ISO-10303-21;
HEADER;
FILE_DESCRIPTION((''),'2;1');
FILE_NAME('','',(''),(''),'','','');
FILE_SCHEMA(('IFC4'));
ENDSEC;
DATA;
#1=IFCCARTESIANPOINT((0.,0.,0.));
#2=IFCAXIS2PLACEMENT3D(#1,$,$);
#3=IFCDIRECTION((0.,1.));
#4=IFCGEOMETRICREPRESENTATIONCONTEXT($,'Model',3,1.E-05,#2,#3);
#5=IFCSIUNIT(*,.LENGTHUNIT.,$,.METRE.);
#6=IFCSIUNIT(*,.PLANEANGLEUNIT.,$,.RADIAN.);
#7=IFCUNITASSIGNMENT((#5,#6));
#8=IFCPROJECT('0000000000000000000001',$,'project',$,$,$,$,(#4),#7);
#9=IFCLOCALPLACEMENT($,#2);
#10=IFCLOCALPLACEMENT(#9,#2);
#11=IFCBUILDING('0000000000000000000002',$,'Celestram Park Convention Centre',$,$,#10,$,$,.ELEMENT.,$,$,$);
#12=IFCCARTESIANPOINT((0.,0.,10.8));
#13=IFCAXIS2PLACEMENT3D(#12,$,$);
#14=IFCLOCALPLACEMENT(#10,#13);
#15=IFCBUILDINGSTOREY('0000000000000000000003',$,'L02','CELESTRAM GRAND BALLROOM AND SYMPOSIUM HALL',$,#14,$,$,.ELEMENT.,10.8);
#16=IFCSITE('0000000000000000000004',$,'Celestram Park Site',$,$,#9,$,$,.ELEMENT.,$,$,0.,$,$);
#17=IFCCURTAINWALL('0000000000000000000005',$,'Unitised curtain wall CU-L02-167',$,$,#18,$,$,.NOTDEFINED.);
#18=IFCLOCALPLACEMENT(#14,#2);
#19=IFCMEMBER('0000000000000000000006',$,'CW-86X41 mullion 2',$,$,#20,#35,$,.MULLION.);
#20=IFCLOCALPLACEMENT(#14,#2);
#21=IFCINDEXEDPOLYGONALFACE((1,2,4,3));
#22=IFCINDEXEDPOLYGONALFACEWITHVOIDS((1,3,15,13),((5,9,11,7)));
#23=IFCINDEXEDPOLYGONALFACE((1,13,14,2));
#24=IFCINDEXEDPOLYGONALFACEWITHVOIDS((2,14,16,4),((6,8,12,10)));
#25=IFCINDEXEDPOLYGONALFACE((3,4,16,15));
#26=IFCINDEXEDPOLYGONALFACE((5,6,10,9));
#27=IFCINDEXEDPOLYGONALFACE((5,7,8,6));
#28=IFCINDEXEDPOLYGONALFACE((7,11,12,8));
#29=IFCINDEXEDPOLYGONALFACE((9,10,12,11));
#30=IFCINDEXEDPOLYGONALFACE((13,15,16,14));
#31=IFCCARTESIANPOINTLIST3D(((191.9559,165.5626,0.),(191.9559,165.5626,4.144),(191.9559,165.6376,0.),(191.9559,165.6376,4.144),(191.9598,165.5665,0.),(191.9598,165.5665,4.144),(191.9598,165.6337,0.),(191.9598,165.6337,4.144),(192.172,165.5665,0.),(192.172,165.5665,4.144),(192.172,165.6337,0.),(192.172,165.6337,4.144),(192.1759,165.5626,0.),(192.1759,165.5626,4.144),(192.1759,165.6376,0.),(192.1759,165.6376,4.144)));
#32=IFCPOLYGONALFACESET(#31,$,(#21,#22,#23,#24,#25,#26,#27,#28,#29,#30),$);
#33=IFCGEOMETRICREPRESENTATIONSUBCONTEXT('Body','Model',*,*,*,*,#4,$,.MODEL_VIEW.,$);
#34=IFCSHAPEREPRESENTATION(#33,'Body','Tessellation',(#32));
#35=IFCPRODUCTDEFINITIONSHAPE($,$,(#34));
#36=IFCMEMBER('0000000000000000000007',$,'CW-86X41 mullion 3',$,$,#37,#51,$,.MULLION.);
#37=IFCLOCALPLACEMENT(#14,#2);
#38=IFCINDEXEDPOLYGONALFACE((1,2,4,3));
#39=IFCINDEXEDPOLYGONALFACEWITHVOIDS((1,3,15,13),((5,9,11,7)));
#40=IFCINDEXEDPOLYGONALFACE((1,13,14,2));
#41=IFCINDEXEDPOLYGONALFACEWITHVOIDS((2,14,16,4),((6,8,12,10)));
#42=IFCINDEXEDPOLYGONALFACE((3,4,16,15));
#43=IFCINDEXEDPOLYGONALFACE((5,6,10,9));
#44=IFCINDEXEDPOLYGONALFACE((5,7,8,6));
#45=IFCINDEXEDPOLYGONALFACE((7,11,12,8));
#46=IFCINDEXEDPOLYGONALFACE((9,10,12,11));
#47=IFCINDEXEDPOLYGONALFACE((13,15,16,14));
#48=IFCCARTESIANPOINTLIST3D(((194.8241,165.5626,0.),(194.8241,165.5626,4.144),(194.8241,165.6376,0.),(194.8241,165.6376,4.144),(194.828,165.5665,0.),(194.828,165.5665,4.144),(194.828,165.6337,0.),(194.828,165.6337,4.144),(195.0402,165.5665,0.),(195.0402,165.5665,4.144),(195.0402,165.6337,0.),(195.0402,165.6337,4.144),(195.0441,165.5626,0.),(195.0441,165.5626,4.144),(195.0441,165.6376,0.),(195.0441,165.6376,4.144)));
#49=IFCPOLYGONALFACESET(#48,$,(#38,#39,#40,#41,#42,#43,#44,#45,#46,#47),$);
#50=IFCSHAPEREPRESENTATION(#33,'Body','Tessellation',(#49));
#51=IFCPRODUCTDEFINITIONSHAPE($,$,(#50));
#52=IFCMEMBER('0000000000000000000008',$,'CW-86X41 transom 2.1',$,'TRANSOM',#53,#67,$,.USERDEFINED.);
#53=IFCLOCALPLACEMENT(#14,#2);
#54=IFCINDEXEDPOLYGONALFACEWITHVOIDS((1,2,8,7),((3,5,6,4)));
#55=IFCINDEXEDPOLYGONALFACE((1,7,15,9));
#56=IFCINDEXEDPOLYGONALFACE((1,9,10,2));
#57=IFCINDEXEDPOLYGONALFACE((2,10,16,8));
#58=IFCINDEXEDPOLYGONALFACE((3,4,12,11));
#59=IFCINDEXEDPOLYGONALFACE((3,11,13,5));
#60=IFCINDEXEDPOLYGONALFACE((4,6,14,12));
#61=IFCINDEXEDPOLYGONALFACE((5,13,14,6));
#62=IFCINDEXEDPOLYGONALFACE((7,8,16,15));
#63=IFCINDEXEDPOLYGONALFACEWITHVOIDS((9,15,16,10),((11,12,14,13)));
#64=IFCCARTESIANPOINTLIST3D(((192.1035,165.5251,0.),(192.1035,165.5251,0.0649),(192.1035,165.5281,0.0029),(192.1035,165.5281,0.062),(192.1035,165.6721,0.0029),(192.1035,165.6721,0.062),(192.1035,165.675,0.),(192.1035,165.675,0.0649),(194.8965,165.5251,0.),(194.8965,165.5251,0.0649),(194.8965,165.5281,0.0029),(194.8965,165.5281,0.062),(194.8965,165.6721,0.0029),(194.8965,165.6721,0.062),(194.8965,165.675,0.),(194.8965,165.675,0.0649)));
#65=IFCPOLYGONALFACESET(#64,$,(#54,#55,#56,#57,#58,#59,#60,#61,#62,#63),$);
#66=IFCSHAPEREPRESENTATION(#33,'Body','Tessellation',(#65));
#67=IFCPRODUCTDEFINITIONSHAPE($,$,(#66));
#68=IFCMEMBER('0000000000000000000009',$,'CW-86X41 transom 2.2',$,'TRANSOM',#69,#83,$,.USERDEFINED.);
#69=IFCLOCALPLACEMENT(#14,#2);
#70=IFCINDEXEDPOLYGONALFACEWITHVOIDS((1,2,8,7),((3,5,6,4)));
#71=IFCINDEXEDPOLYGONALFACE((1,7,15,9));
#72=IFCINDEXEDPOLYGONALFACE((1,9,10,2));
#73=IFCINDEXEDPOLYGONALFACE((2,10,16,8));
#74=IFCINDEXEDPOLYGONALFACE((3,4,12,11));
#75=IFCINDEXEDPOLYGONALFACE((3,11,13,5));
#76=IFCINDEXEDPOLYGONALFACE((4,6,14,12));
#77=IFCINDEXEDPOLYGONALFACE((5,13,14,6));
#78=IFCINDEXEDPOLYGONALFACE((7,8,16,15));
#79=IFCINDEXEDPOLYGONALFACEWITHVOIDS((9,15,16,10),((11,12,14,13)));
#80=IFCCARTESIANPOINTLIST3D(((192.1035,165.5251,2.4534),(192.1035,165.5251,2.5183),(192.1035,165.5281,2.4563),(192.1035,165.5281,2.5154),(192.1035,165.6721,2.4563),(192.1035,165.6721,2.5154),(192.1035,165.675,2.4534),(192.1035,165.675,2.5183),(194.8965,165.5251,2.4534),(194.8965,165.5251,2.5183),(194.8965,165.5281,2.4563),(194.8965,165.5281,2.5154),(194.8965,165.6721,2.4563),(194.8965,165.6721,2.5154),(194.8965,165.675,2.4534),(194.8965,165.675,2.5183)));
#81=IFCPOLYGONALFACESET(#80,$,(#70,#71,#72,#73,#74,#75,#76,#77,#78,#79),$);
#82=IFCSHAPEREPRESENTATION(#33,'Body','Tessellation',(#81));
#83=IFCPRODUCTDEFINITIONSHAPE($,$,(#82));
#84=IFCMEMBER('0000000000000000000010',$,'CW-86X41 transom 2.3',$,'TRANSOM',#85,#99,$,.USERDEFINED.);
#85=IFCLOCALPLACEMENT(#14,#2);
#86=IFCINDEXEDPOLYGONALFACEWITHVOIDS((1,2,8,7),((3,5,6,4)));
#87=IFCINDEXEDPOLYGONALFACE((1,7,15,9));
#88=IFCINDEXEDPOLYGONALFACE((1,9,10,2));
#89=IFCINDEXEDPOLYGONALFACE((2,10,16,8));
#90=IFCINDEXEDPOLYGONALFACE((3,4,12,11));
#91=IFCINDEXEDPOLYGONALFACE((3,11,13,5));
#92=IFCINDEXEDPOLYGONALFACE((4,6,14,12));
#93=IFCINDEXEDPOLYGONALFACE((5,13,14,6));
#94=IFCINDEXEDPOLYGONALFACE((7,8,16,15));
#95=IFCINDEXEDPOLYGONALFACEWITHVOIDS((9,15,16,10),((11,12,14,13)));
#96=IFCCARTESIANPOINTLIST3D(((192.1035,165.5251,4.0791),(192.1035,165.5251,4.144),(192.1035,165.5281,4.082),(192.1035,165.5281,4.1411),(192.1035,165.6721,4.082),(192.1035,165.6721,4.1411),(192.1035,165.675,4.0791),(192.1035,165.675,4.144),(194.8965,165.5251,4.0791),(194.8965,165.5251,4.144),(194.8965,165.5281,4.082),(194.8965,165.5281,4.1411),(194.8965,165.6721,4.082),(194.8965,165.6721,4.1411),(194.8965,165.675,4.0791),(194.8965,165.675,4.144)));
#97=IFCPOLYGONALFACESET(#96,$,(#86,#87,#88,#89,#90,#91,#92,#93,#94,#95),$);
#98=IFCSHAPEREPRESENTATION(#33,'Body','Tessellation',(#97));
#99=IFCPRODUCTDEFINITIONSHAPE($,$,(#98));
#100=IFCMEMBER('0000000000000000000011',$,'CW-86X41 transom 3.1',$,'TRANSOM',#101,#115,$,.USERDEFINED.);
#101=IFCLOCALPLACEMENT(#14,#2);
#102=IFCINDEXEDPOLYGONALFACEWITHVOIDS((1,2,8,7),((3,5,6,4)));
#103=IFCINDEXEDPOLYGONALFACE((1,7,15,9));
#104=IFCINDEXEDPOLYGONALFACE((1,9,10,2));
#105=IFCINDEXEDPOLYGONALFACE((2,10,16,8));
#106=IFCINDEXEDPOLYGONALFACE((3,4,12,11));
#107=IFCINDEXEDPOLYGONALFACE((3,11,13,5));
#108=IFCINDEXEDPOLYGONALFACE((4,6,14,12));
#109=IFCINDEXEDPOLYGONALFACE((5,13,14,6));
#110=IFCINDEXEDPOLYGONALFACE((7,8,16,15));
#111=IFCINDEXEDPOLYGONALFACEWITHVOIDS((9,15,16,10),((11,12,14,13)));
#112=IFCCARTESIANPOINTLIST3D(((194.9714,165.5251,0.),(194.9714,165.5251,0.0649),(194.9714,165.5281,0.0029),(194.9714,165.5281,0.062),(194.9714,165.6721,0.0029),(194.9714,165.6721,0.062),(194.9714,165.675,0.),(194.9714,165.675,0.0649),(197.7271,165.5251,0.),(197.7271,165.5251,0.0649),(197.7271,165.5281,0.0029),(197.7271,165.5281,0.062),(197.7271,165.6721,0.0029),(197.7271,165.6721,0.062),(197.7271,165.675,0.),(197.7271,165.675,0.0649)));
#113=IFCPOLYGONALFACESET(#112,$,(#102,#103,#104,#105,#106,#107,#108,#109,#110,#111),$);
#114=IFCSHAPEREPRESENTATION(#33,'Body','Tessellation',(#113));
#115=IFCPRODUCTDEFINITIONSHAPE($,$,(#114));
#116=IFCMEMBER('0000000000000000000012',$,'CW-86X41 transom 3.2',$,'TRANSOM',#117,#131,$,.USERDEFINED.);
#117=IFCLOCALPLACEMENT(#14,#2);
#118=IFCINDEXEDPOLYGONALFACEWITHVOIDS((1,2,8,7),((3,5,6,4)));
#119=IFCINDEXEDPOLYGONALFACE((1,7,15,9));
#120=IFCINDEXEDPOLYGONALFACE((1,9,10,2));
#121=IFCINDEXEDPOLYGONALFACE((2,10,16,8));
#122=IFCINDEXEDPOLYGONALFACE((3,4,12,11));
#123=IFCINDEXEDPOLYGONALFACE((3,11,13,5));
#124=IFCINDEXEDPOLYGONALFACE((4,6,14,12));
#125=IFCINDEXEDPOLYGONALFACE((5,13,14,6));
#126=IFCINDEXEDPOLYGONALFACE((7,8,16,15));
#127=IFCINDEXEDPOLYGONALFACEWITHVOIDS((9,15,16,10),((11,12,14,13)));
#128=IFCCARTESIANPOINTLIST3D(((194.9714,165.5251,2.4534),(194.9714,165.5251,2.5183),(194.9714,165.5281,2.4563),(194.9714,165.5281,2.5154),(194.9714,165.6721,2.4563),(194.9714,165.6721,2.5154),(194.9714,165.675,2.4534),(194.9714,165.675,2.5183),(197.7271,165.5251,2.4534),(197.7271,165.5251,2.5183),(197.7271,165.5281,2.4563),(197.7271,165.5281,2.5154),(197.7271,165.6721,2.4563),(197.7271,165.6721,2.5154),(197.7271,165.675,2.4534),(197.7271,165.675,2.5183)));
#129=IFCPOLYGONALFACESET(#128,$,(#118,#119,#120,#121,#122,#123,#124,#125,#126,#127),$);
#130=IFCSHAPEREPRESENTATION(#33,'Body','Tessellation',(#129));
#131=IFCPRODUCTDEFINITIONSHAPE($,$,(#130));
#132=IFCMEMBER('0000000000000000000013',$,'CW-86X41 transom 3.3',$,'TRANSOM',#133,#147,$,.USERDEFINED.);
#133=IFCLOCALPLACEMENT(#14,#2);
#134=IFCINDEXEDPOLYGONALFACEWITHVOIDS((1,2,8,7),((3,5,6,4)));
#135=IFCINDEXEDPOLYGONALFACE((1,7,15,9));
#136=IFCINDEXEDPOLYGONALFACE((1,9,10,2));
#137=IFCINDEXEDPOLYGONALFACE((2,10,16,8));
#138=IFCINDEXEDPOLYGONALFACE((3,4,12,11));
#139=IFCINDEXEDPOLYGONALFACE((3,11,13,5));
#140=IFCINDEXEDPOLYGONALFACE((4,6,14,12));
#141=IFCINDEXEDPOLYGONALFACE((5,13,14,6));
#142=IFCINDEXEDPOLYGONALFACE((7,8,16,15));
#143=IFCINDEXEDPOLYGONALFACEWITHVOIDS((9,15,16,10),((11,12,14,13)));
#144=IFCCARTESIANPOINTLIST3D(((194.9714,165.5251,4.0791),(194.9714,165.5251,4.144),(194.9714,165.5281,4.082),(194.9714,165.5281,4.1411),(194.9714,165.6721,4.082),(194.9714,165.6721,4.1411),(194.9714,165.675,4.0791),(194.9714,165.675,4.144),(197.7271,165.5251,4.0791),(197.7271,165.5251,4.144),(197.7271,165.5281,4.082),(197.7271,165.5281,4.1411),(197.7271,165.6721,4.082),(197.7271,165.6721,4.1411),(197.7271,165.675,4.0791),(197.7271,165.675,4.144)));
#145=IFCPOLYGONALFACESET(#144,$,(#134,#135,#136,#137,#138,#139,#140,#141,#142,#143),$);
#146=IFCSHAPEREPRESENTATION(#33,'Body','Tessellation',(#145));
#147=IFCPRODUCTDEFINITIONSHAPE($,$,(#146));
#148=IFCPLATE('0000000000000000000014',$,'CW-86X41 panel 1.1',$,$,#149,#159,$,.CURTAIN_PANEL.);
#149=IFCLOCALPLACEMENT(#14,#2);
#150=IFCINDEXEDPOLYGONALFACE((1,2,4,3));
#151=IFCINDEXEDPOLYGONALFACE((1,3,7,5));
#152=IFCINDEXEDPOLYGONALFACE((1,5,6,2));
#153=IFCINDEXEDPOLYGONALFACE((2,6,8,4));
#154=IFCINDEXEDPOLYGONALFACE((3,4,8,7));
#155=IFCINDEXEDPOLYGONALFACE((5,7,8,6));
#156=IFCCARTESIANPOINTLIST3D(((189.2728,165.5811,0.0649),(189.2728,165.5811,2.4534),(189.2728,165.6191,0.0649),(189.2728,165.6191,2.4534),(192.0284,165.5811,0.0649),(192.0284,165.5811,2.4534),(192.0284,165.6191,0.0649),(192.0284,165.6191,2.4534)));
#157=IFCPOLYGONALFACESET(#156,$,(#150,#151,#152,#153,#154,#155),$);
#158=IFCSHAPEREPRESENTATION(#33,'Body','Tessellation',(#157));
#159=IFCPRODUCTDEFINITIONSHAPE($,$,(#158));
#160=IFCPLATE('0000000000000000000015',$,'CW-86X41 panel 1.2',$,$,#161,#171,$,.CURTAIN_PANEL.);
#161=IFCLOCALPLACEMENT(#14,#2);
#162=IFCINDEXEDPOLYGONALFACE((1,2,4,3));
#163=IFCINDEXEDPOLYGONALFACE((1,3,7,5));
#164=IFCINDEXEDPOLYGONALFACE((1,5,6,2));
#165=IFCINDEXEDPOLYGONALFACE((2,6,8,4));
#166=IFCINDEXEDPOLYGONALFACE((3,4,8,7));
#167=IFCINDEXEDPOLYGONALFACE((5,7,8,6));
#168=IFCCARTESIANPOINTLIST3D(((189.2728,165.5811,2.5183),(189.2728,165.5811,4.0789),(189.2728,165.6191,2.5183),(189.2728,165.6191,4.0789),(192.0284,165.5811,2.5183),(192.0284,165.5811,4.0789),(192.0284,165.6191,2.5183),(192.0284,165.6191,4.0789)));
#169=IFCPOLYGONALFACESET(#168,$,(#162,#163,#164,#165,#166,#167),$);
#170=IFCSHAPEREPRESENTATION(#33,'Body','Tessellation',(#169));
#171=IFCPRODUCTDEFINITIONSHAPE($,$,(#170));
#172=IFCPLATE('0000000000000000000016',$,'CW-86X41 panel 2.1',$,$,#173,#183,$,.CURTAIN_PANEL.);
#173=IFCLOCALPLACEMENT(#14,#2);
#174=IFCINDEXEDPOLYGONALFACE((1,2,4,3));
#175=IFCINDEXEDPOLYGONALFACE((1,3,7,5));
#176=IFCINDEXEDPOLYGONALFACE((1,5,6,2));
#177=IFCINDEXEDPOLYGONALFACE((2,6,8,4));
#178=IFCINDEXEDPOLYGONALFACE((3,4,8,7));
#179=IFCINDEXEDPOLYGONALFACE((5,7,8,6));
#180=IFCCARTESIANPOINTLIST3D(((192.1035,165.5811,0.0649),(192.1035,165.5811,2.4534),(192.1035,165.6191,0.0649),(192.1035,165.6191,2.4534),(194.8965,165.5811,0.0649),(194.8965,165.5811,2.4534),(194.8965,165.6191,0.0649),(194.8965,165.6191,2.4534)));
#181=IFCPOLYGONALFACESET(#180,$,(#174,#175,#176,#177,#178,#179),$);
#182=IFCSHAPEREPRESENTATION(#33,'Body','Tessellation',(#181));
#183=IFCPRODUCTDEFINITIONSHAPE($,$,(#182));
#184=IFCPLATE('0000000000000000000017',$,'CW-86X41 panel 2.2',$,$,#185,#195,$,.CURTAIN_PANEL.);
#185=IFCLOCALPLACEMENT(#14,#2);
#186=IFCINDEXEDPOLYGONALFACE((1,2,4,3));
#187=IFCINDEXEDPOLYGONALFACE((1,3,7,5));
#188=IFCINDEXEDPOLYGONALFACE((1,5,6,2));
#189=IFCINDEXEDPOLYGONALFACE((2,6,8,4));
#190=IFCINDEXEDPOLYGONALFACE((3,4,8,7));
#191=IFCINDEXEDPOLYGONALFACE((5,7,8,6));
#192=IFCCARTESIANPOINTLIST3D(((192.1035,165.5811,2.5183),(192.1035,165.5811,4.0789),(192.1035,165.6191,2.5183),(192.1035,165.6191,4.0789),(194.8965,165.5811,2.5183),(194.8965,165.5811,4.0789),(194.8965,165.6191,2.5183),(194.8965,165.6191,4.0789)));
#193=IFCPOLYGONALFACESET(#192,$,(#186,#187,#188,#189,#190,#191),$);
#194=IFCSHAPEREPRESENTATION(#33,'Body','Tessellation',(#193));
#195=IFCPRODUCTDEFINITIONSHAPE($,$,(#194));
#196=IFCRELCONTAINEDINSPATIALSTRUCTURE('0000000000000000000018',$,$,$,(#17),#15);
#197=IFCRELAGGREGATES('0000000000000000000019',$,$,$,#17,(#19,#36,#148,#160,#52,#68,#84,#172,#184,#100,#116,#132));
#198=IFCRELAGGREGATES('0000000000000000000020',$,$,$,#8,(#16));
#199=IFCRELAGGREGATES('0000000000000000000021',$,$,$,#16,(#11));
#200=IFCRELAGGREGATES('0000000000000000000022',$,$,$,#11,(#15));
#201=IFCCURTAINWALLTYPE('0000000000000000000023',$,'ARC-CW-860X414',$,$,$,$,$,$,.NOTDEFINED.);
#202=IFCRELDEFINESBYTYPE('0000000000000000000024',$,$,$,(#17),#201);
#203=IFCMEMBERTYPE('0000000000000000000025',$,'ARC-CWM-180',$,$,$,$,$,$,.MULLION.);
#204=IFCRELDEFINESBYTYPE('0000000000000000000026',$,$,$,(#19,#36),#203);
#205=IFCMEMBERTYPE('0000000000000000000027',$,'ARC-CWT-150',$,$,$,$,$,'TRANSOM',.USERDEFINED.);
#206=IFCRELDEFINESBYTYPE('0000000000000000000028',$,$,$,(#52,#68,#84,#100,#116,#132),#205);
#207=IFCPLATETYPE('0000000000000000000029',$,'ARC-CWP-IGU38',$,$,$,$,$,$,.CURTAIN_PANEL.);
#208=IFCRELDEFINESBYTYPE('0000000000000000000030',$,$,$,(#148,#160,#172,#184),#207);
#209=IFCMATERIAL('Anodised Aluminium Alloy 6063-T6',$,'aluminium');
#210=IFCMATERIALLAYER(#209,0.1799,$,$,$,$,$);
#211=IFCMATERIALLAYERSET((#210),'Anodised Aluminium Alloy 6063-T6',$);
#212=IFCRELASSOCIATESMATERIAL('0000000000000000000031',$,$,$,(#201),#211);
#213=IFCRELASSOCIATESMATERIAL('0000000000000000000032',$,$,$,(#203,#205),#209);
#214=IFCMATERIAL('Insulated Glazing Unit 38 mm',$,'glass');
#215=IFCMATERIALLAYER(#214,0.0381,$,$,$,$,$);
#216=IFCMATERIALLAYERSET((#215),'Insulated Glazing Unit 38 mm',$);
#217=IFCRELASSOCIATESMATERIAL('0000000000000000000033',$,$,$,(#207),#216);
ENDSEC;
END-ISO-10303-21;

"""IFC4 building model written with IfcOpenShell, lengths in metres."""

from ifc_helpers import new_model, si_unit, direction, frame, origin, origin_2d, place, context, subcontext, project, spatial, rectangle, hollow_rectangle, extrude, material, layer, layer_set, material_profile, profile_set, type_object, element, aggregate, save


model = new_model("IFC4")

# Units and contexts
model_context = context("Model", 3, precision=1e-05, world=origin(), true_north=direction((0.0, 1.0)))
body_context = subcontext(model_context, "Body", "Model", "MODEL_VIEW")
ifc_project = project(units=[si_unit("LENGTHUNIT", "METRE"), si_unit("PLANEANGLEUNIT", "RADIAN")], contexts=[model_context])

# Site, building, storey
site_placement = place(None, origin())
site = spatial("IfcSite", under=ifc_project, at=site_placement, Name="Celestram Park Site", CompositionType="ELEMENT", RefElevation=0.0)
building_placement = place(site_placement, origin())
building = spatial("IfcBuilding", under=site, at=building_placement, Name="Celestram Park Convention Centre", CompositionType="ELEMENT")
storey_placement = place(building_placement, frame((0.0, 0.0, 10.8)))
storey = spatial("IfcBuildingStorey", under=building, at=storey_placement, Name="L02", Description="CELESTRAM GRAND BALLROOM AND SYMPOSIUM HALL", CompositionType="ELEMENT", Elevation=10.8)

# Curtain wall, members, plates
ifc_material_1 = material(Name="Anodised Aluminium Alloy 6063-T6", Category="aluminium")
ifc_layer_1 = layer(ifc_material_1, 0.1799)
ifc_layer_set_1 = layer_set([ifc_layer_1], Name="Anodised Aluminium Alloy 6063-T6")
curtain_wall_type = type_object("IfcCurtainWallType", Name="ARC-CW-860X414", PredefinedType="NOTDEFINED", material=ifc_layer_set_1)
curtain_wall_placement = place(storey_placement, origin())
curtain_wall = element("IfcCurtainWall", 1, at=curtain_wall_placement, inside=storey, type_object=curtain_wall_type, Name="Unitised curtain wall CU-L02-167", PredefinedType="NOTDEFINED")
ifc_material_profile_1 = material_profile(ifc_material_1, hollow_rectangle(XDim=0.075, YDim=0.22, WallThickness=0.0039, at=origin_2d()), Name="ALU75X220X4")
ifc_profile_set_1 = profile_set([ifc_material_profile_1], Name="Anodised Aluminium Alloy 6063-T6")
member_type_1 = type_object("IfcMemberType", Name="ARC-CWM-180", PredefinedType="MULLION", material=ifc_profile_set_1)
member_1_placement = place(storey_placement, frame((192.0659, 165.6001, 0.0), z_axis=(0.0, 0.0, 1.0), x_axis=(0.0, 1.0, 0.0)))
member_1 = element("IfcMember", 2, at=member_1_placement, type_object=member_type_1, Name="CW-86X41 mullion 2", PredefinedType="MULLION", context=body_context, shape_type="SweptSolid", body=[
    extrude(hollow_rectangle(XDim=0.075, YDim=0.22, WallThickness=0.0039, at=origin_2d()), origin(), (0.0, 0.0, 1.0), 4.144),
])
member_2_placement = place(storey_placement, frame((194.9341, 165.6001, 0.0), z_axis=(0.0, 0.0, 1.0), x_axis=(0.0, 1.0, 0.0)))
member_2 = element("IfcMember", 3, at=member_2_placement, type_object=member_type_1, Name="CW-86X41 mullion 3", PredefinedType="MULLION", context=body_context, shape_type="SweptSolid", body=[
    extrude(hollow_rectangle(XDim=0.075, YDim=0.22, WallThickness=0.0039, at=origin_2d()), origin(), (0.0, 0.0, 1.0), 4.144),
])
ifc_material_profile_2 = material_profile(ifc_material_1, hollow_rectangle(XDim=0.1499, YDim=0.0649, WallThickness=0.0029, at=origin_2d()), Name="ALU150X65X3")
ifc_profile_set_2 = profile_set([ifc_material_profile_2], Name="Anodised Aluminium Alloy 6063-T6")
member_type_2 = type_object("IfcMemberType", Name="ARC-CWT-150", ElementType="TRANSOM", PredefinedType="USERDEFINED", material=ifc_profile_set_2)
member_3_placement = place(storey_placement, frame((192.1035, 165.6001, 0.0325), z_axis=(1.0, 0.0, 0.0), x_axis=(0.0, 1.0, 0.0)))
member_3 = element("IfcMember", 4, at=member_3_placement, type_object=member_type_2, Name="CW-86X41 transom 2.1", ObjectType="TRANSOM", PredefinedType="USERDEFINED", context=body_context, shape_type="SweptSolid", body=[
    extrude(hollow_rectangle(XDim=0.1499, YDim=0.0649, WallThickness=0.0029, at=origin_2d()), origin(), (0.0, 0.0, 1.0), 2.793),
])
member_4_placement = place(storey_placement, frame((192.1035, 165.6001, 2.4858), z_axis=(1.0, 0.0, 0.0), x_axis=(0.0, 1.0, 0.0)))
member_4 = element("IfcMember", 5, at=member_4_placement, type_object=member_type_2, Name="CW-86X41 transom 2.2", ObjectType="TRANSOM", PredefinedType="USERDEFINED", context=body_context, shape_type="SweptSolid", body=[
    extrude(hollow_rectangle(XDim=0.1499, YDim=0.0649, WallThickness=0.0029, at=origin_2d()), origin(), (0.0, 0.0, 1.0), 2.793),
])
member_5_placement = place(storey_placement, frame((192.1035, 165.6001, 4.1116), z_axis=(1.0, 0.0, 0.0), x_axis=(0.0, 1.0, 0.0)))
member_5 = element("IfcMember", 6, at=member_5_placement, type_object=member_type_2, Name="CW-86X41 transom 2.3", ObjectType="TRANSOM", PredefinedType="USERDEFINED", context=body_context, shape_type="SweptSolid", body=[
    extrude(hollow_rectangle(XDim=0.1499, YDim=0.0649, WallThickness=0.0029, at=origin_2d()), origin(), (0.0, 0.0, 1.0), 2.793),
])
member_6_placement = place(storey_placement, frame((194.9714, 165.6001, 0.0325), z_axis=(1.0, 0.0, 0.0), x_axis=(0.0, 1.0, 0.0)))
member_6 = element("IfcMember", 7, at=member_6_placement, type_object=member_type_2, Name="CW-86X41 transom 3.1", ObjectType="TRANSOM", PredefinedType="USERDEFINED", context=body_context, shape_type="SweptSolid", body=[
    extrude(hollow_rectangle(XDim=0.1499, YDim=0.0649, WallThickness=0.0029, at=origin_2d()), origin(), (0.0, 0.0, 1.0), 2.7556),
])
member_7_placement = place(storey_placement, frame((194.9714, 165.6001, 2.4858), z_axis=(1.0, 0.0, 0.0), x_axis=(0.0, 1.0, 0.0)))
member_7 = element("IfcMember", 8, at=member_7_placement, type_object=member_type_2, Name="CW-86X41 transom 3.2", ObjectType="TRANSOM", PredefinedType="USERDEFINED", context=body_context, shape_type="SweptSolid", body=[
    extrude(hollow_rectangle(XDim=0.1499, YDim=0.0649, WallThickness=0.0029, at=origin_2d()), origin(), (0.0, 0.0, 1.0), 2.7556),
])
member_8_placement = place(storey_placement, frame((194.9714, 165.6001, 4.1116), z_axis=(1.0, 0.0, 0.0), x_axis=(0.0, 1.0, 0.0)))
member_8 = element("IfcMember", 9, at=member_8_placement, type_object=member_type_2, Name="CW-86X41 transom 3.3", ObjectType="TRANSOM", PredefinedType="USERDEFINED", context=body_context, shape_type="SweptSolid", body=[
    extrude(hollow_rectangle(XDim=0.1499, YDim=0.0649, WallThickness=0.0029, at=origin_2d()), origin(), (0.0, 0.0, 1.0), 2.7556),
])
ifc_material_2 = material(Name="Insulated Glazing Unit 38 mm", Category="glass")
ifc_layer_2 = layer(ifc_material_2, 0.0381)
ifc_layer_set_2 = layer_set([ifc_layer_2], Name="Insulated Glazing Unit 38 mm")
plate_type = type_object("IfcPlateType", Name="ARC-CWP-IGU38", PredefinedType="CURTAIN_PANEL", material=ifc_layer_set_2)
plate_1_placement = place(storey_placement, frame((190.6506, 165.6001, 0.0649), z_axis=(0.0, 0.0, 1.0), x_axis=(1.0, 0.0, 0.0)))
plate_1 = element("IfcPlate", 10, at=plate_1_placement, type_object=plate_type, Name="CW-86X41 panel 1.1", PredefinedType="CURTAIN_PANEL", context=body_context, shape_type="SweptSolid", body=[
    extrude(rectangle(XDim=2.7556, YDim=0.0381, at=origin_2d()), origin(), (0.0, 0.0, 1.0), 2.3884),
])
plate_2_placement = place(storey_placement, frame((190.6506, 165.6001, 2.5183), z_axis=(0.0, 0.0, 1.0), x_axis=(1.0, 0.0, 0.0)))
plate_2 = element("IfcPlate", 11, at=plate_2_placement, type_object=plate_type, Name="CW-86X41 panel 1.2", PredefinedType="CURTAIN_PANEL", context=body_context, shape_type="SweptSolid", body=[
    extrude(rectangle(XDim=2.7556, YDim=0.0381, at=origin_2d()), origin(), (0.0, 0.0, 1.0), 1.5605),
])
plate_3_placement = place(storey_placement, frame((193.5, 165.6001, 0.0649), z_axis=(0.0, 0.0, 1.0), x_axis=(1.0, 0.0, 0.0)))
plate_3 = element("IfcPlate", 12, at=plate_3_placement, type_object=plate_type, Name="CW-86X41 panel 2.1", PredefinedType="CURTAIN_PANEL", context=body_context, shape_type="SweptSolid", body=[
    extrude(rectangle(XDim=2.793, YDim=0.0381, at=origin_2d()), origin(), (0.0, 0.0, 1.0), 2.3884),
])
plate_4_placement = place(storey_placement, frame((193.5, 165.6001, 2.5183), z_axis=(0.0, 0.0, 1.0), x_axis=(1.0, 0.0, 0.0)))
plate_4 = element("IfcPlate", 13, at=plate_4_placement, type_object=plate_type, Name="CW-86X41 panel 2.2", PredefinedType="CURTAIN_PANEL", context=body_context, shape_type="SweptSolid", body=[
    extrude(rectangle(XDim=2.793, YDim=0.0381, at=origin_2d()), origin(), (0.0, 0.0, 1.0), 1.5605),
])
aggregate(curtain_wall, [member_1, member_2, plate_1, plate_2, member_3, member_4, member_5, plate_3, plate_4, member_6, member_7, member_8])

save(model, "model.ifc")
